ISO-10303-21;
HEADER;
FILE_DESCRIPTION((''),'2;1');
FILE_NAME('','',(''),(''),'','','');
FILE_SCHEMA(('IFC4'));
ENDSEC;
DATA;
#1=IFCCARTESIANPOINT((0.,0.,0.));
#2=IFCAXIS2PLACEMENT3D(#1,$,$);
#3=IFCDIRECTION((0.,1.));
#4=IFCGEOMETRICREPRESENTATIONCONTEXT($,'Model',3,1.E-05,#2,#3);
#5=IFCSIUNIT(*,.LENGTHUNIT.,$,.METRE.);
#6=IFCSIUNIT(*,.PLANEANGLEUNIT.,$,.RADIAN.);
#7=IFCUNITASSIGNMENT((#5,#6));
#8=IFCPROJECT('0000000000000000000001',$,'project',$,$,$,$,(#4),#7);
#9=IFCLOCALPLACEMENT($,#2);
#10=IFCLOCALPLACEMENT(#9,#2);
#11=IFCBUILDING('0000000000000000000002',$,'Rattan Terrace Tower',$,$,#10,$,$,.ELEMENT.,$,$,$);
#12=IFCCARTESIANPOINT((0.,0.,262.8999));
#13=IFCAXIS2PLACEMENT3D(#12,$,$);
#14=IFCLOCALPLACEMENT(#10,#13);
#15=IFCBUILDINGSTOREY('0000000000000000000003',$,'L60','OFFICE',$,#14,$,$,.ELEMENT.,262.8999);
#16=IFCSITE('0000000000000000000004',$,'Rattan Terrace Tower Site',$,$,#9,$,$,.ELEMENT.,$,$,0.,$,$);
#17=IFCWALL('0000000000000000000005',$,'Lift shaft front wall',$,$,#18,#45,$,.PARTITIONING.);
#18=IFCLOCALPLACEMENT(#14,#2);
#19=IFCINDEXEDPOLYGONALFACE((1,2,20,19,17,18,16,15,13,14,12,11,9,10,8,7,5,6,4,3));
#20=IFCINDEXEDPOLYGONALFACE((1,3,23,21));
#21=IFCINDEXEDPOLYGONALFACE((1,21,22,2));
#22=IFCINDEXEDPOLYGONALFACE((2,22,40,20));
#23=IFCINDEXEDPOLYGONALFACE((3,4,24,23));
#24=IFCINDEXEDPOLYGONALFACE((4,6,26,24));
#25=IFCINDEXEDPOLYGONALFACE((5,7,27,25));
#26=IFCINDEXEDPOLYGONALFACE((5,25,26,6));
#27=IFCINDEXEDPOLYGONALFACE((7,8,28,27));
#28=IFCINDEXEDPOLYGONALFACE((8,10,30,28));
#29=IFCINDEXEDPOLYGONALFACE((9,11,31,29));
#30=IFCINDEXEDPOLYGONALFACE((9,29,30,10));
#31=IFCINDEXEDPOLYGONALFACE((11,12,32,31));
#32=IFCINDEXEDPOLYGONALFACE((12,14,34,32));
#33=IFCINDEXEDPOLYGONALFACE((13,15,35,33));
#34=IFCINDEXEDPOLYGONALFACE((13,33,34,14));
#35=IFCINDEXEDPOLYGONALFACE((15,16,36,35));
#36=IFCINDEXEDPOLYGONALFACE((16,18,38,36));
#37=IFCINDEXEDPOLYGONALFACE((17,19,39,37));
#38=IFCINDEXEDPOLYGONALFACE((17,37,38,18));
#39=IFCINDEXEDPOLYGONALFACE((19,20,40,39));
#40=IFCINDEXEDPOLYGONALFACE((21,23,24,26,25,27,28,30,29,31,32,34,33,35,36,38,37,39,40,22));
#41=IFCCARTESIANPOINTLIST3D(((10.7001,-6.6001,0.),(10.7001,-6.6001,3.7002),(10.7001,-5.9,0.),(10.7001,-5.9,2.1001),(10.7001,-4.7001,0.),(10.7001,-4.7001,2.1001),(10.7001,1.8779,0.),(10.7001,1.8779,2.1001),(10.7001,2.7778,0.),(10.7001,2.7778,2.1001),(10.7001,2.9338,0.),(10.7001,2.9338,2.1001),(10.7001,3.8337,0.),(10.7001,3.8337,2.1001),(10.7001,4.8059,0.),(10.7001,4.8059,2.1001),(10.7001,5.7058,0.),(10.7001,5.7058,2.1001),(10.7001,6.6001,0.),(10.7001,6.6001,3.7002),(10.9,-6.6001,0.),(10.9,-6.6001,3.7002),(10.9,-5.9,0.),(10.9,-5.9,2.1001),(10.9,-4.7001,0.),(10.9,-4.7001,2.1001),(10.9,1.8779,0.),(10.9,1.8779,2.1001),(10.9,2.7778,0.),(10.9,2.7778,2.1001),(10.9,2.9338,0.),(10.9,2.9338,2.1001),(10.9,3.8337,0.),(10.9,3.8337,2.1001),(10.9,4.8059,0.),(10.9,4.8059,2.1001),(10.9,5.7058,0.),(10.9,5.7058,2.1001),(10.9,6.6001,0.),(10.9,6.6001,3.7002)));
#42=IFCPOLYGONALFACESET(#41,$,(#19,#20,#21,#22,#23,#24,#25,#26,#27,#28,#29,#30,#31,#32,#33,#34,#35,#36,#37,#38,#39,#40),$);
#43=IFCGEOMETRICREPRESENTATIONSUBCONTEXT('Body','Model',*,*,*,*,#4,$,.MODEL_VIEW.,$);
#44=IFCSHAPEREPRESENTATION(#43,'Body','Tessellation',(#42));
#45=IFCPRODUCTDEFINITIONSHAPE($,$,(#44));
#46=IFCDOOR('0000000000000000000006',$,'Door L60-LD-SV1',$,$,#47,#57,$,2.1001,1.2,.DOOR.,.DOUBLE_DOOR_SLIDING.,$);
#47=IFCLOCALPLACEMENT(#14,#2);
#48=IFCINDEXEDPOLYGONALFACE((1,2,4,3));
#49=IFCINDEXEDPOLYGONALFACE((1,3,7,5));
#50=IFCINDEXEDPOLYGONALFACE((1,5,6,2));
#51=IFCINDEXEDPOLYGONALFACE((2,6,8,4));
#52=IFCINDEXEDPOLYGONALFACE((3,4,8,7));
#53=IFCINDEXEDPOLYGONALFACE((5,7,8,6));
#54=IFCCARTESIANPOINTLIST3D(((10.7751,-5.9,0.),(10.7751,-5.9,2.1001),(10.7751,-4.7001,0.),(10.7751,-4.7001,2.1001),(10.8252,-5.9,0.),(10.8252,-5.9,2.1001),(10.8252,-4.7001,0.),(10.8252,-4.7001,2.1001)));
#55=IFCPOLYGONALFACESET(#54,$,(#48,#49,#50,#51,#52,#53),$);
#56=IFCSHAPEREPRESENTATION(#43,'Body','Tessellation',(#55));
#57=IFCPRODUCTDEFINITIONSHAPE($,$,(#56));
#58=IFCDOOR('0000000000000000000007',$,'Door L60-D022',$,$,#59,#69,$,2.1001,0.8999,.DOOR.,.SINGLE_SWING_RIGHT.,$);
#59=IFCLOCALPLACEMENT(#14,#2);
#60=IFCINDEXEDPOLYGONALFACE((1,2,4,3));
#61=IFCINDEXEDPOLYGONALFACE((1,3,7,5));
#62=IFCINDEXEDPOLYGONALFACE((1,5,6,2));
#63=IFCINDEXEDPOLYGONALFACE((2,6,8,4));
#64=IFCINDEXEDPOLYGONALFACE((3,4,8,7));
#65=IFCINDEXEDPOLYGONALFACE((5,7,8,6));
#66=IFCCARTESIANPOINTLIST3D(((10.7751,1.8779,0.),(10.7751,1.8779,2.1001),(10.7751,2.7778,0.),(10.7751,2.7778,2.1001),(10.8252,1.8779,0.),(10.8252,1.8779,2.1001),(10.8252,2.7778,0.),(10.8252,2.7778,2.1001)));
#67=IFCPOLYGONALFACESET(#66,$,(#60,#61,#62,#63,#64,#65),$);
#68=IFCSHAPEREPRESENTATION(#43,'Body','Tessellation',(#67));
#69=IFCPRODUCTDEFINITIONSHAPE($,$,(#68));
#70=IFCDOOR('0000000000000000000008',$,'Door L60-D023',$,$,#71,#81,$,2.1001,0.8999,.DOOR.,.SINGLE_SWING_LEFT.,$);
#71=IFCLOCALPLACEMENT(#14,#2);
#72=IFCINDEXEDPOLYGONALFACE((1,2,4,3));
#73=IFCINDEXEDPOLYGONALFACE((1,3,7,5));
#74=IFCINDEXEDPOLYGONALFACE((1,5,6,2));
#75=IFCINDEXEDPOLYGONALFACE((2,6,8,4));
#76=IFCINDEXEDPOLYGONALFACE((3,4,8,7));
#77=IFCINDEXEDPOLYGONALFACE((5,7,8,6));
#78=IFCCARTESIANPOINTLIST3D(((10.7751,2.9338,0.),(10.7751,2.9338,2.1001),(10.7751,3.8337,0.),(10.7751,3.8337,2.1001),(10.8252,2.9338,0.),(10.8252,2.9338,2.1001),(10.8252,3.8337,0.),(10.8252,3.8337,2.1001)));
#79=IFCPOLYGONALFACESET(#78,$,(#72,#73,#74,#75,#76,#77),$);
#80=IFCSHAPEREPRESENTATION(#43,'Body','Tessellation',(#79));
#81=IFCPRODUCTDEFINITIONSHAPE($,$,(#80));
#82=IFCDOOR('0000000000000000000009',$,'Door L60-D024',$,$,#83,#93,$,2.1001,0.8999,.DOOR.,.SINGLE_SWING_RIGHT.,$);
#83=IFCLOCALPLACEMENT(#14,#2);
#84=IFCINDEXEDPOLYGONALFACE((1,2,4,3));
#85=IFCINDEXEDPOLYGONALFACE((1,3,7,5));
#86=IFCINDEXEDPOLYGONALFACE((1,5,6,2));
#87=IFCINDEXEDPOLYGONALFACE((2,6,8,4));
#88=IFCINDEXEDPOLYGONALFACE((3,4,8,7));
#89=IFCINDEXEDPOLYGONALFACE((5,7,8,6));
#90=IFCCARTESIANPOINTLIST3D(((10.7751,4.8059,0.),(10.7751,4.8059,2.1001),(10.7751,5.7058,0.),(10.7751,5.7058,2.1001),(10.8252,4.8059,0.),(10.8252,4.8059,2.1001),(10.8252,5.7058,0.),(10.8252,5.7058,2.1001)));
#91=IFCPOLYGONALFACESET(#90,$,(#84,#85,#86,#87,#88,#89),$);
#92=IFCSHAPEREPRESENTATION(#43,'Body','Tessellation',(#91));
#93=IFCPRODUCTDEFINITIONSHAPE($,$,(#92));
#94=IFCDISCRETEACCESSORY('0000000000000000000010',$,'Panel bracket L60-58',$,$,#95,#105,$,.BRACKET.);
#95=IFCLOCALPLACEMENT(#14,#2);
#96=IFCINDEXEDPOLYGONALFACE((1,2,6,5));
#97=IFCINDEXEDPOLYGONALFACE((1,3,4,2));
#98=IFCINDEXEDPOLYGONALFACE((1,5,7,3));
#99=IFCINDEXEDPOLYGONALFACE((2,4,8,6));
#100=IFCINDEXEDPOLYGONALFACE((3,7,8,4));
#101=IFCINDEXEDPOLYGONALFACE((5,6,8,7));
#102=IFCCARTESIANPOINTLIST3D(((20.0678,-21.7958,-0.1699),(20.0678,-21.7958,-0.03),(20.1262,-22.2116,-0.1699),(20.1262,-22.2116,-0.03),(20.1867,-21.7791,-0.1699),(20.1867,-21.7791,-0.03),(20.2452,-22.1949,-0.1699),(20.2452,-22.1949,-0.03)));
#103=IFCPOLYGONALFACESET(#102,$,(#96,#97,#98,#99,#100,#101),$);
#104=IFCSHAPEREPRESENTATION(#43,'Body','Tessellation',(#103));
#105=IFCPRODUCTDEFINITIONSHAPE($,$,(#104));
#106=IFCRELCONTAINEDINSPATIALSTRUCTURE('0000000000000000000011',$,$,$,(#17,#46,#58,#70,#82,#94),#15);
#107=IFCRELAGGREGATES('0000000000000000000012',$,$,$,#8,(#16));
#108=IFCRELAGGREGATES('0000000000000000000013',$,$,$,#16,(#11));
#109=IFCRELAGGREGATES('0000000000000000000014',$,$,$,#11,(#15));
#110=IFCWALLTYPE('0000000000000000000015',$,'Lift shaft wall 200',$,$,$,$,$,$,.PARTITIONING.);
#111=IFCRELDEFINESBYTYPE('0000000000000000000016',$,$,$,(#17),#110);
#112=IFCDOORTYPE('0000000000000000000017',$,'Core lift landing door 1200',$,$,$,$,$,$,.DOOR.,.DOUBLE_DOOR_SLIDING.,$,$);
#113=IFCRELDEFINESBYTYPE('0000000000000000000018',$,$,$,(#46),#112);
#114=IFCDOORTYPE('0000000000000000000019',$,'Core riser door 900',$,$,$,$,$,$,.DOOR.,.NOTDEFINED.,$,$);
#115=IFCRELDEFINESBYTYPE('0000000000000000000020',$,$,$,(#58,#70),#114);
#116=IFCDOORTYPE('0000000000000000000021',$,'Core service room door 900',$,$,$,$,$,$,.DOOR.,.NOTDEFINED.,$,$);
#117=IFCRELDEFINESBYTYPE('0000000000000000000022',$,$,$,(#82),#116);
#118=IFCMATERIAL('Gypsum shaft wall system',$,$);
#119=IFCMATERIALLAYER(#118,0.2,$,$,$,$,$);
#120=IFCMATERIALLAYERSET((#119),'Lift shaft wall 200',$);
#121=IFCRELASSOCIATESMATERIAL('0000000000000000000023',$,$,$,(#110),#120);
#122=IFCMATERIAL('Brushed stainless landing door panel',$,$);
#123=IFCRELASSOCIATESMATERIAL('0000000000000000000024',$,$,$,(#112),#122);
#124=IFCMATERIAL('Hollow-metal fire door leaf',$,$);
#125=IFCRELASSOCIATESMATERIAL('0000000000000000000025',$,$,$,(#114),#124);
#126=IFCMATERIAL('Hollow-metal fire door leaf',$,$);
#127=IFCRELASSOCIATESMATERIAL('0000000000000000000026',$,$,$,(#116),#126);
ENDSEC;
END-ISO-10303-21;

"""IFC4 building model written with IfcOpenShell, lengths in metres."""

from ifc_helpers import new_model, si_unit, direction, frame, frame_2d, origin, origin_2d, place, context, subcontext, project, spatial, rectangle, extrude, material, layer, layer_set, type_object, element, fill, save


model = new_model("IFC4")

# Units and contexts
model_context = context("Model", 3, precision=1e-05, world=origin(), true_north=direction((0.0, 1.0)))
body_context = subcontext(model_context, "Body", "Model", "MODEL_VIEW")
ifc_project = project(units=[si_unit("LENGTHUNIT", "METRE"), si_unit("PLANEANGLEUNIT", "RADIAN")], contexts=[model_context])

# Site, building, storey
site_placement = place(None, origin())
site = spatial("IfcSite", under=ifc_project, at=site_placement, Name="Rattan Terrace Tower Site", CompositionType="ELEMENT", RefElevation=0.0)
building_placement = place(site_placement, origin())
building = spatial("IfcBuilding", under=site, at=building_placement, Name="Rattan Terrace Tower", CompositionType="ELEMENT")
storey_placement = place(building_placement, frame((0.0, 0.0, 262.8999)))
storey = spatial("IfcBuildingStorey", under=building, at=storey_placement, Name="L60", Description="OFFICE", CompositionType="ELEMENT", Elevation=262.8999)

# Wall, openings, doors
ifc_material_1 = material(Name="Gypsum shaft wall system")
ifc_layer_1 = layer(ifc_material_1, 0.2)
ifc_layer_set_1 = layer_set([ifc_layer_1], Name="Lift shaft wall 200")
wall_type_1 = type_object("IfcWallType", Name="Lift shaft wall 200", PredefinedType="PARTITIONING", material=ifc_layer_set_1)
wall_1_placement = place(storey_placement, frame((10.8, -6.6001, 0.0), z_axis=(0.0, 0.0, 1.0), x_axis=(0.0, 1.0, 0.0)))
wall_1 = element("IfcWall", 1, at=wall_1_placement, inside=storey, type_object=wall_type_1, Name="Lift shaft front wall", PredefinedType="PARTITIONING", context=body_context, shape_type="SweptSolid", body=[
    extrude(rectangle(XDim=13.2002, YDim=0.2, at=frame_2d((6.6001, 0.0))), origin(), (0.0, 0.0, 1.0), 3.7002),
])
opening_1_placement = place(wall_1_placement, frame((0.7, 0.0, 0.0)))
opening_1 = element("IfcOpeningElement", 2, at=opening_1_placement, cuts=wall_1, PredefinedType="OPENING", context=body_context, shape_type="SweptSolid", body=[
    extrude(rectangle(XDim=1.2, YDim=2.1001, at=frame_2d((0.6001, 1.05))), frame((0.0, 0.1106, 0.0), z_axis=(0.0, -1.0, 0.0), x_axis=(1.0, 0.0, 0.0)), (0.0, 0.0, 1.0), 0.2209),
])
opening_2_placement = place(wall_1_placement, frame((8.478, 0.0, 0.0)))
opening_2 = element("IfcOpeningElement", 3, at=opening_2_placement, cuts=wall_1, PredefinedType="OPENING", context=body_context, shape_type="SweptSolid", body=[
    extrude(rectangle(XDim=0.8999, YDim=2.1001, at=frame_2d((0.45, 1.05))), frame((0.0, 0.1106, 0.0), z_axis=(0.0, -1.0, 0.0), x_axis=(1.0, 0.0, 0.0)), (0.0, 0.0, 1.0), 0.2209),
])
opening_3_placement = place(wall_1_placement, frame((9.5339, 0.0, 0.0)))
opening_3 = element("IfcOpeningElement", 4, at=opening_3_placement, cuts=wall_1, PredefinedType="OPENING", context=body_context, shape_type="SweptSolid", body=[
    extrude(rectangle(XDim=0.8999, YDim=2.1001, at=frame_2d((0.45, 1.05))), frame((0.0, 0.1106, 0.0), z_axis=(0.0, -1.0, 0.0), x_axis=(1.0, 0.0, 0.0)), (0.0, 0.0, 1.0), 0.2209),
])
opening_4_placement = place(wall_1_placement, frame((11.406, 0.0, 0.0)))
opening_4 = element("IfcOpeningElement", 5, at=opening_4_placement, cuts=wall_1, PredefinedType="OPENING", context=body_context, shape_type="SweptSolid", body=[
    extrude(rectangle(XDim=0.8999, YDim=2.1001, at=frame_2d((0.45, 1.05))), frame((0.0, 0.1106, 0.0), z_axis=(0.0, -1.0, 0.0), x_axis=(1.0, 0.0, 0.0)), (0.0, 0.0, 1.0), 0.2209),
])
ifc_material_2 = material(Name="Brushed stainless landing door panel")
door_type_1 = type_object("IfcDoorType", Name="Core lift landing door 1200", OperationType="DOUBLE_DOOR_SLIDING", PredefinedType="DOOR", material=ifc_material_2)
door_1_placement = place(opening_1_placement, origin())
door_1 = element("IfcDoor", 6, at=door_1_placement, inside=storey, type_object=door_type_1, Name="Door L60-LD-SV1", OperationType="DOUBLE_DOOR_SLIDING", OverallHeight=2.1001, OverallWidth=1.2, PredefinedType="DOOR", context=body_context, shape_type="SweptSolid", body=[
    extrude(rectangle(XDim=1.2, YDim=2.1001, at=frame_2d((0.6001, 1.05))), frame((0.0, 0.0249, 0.0), z_axis=(0.0, -1.0, 0.0), x_axis=(1.0, 0.0, 0.0)), (0.0, 0.0, 1.0), 0.05),
])
fill(opening_1, door_1)
ifc_material_3 = material(Name="Hollow-metal fire door leaf")
door_type_2 = type_object("IfcDoorType", Name="Core riser door 900", OperationType="NOTDEFINED", PredefinedType="DOOR", material=ifc_material_3)
door_2_placement = place(opening_2_placement, origin())
door_2 = element("IfcDoor", 7, at=door_2_placement, inside=storey, type_object=door_type_2, Name="Door L60-D022", OperationType="SINGLE_SWING_RIGHT", OverallHeight=2.1001, OverallWidth=0.8999, PredefinedType="DOOR", context=body_context, shape_type="SweptSolid", body=[
    extrude(rectangle(XDim=0.8999, YDim=2.1001, at=frame_2d((0.45, 1.05))), frame((0.0, 0.0249, 0.0), z_axis=(0.0, -1.0, 0.0), x_axis=(1.0, 0.0, 0.0)), (0.0, 0.0, 1.0), 0.05),
])
fill(opening_2, door_2)
door_3_placement = place(opening_3_placement, origin())
door_3 = element("IfcDoor", 8, at=door_3_placement, inside=storey, type_object=door_type_2, Name="Door L60-D023", OperationType="SINGLE_SWING_LEFT", OverallHeight=2.1001, OverallWidth=0.8999, PredefinedType="DOOR", context=body_context, shape_type="SweptSolid", body=[
    extrude(rectangle(XDim=0.8999, YDim=2.1001, at=frame_2d((0.45, 1.05))), frame((0.0, 0.0249, 0.0), z_axis=(0.0, -1.0, 0.0), x_axis=(1.0, 0.0, 0.0)), (0.0, 0.0, 1.0), 0.05),
])
fill(opening_3, door_3)
ifc_material_4 = material(Name="Hollow-metal fire door leaf")
door_type_3 = type_object("IfcDoorType", Name="Core service room door 900", OperationType="NOTDEFINED", PredefinedType="DOOR", material=ifc_material_4)
door_4_placement = place(opening_4_placement, origin())
door_4 = element("IfcDoor", 9, at=door_4_placement, inside=storey, type_object=door_type_3, Name="Door L60-D024", OperationType="SINGLE_SWING_RIGHT", OverallHeight=2.1001, OverallWidth=0.8999, PredefinedType="DOOR", context=body_context, shape_type="SweptSolid", body=[
    extrude(rectangle(XDim=0.8999, YDim=2.1001, at=frame_2d((0.45, 1.05))), frame((0.0, 0.0249, 0.0), z_axis=(0.0, -1.0, 0.0), x_axis=(1.0, 0.0, 0.0)), (0.0, 0.0, 1.0), 0.05),
])
fill(opening_4, door_4)

# Discrete accessory
discrete_accessory_placement = place(storey_placement, frame((20.1565, -21.9954, -0.1699), z_axis=(0.0, 0.0, 1.0), x_axis=(0.990266, 0.139189, 0.0)))
element("IfcDiscreteAccessory", 10, at=discrete_accessory_placement, inside=storey, Name="Panel bracket L60-58", PredefinedType="BRACKET", context=body_context, shape_type="SweptSolid", body=[
    extrude(rectangle(XDim=0.1201, YDim=0.4199, at=origin_2d()), origin(), (0.0, 0.0, 1.0), 0.1399),
])

save(model, "model.ifc")
